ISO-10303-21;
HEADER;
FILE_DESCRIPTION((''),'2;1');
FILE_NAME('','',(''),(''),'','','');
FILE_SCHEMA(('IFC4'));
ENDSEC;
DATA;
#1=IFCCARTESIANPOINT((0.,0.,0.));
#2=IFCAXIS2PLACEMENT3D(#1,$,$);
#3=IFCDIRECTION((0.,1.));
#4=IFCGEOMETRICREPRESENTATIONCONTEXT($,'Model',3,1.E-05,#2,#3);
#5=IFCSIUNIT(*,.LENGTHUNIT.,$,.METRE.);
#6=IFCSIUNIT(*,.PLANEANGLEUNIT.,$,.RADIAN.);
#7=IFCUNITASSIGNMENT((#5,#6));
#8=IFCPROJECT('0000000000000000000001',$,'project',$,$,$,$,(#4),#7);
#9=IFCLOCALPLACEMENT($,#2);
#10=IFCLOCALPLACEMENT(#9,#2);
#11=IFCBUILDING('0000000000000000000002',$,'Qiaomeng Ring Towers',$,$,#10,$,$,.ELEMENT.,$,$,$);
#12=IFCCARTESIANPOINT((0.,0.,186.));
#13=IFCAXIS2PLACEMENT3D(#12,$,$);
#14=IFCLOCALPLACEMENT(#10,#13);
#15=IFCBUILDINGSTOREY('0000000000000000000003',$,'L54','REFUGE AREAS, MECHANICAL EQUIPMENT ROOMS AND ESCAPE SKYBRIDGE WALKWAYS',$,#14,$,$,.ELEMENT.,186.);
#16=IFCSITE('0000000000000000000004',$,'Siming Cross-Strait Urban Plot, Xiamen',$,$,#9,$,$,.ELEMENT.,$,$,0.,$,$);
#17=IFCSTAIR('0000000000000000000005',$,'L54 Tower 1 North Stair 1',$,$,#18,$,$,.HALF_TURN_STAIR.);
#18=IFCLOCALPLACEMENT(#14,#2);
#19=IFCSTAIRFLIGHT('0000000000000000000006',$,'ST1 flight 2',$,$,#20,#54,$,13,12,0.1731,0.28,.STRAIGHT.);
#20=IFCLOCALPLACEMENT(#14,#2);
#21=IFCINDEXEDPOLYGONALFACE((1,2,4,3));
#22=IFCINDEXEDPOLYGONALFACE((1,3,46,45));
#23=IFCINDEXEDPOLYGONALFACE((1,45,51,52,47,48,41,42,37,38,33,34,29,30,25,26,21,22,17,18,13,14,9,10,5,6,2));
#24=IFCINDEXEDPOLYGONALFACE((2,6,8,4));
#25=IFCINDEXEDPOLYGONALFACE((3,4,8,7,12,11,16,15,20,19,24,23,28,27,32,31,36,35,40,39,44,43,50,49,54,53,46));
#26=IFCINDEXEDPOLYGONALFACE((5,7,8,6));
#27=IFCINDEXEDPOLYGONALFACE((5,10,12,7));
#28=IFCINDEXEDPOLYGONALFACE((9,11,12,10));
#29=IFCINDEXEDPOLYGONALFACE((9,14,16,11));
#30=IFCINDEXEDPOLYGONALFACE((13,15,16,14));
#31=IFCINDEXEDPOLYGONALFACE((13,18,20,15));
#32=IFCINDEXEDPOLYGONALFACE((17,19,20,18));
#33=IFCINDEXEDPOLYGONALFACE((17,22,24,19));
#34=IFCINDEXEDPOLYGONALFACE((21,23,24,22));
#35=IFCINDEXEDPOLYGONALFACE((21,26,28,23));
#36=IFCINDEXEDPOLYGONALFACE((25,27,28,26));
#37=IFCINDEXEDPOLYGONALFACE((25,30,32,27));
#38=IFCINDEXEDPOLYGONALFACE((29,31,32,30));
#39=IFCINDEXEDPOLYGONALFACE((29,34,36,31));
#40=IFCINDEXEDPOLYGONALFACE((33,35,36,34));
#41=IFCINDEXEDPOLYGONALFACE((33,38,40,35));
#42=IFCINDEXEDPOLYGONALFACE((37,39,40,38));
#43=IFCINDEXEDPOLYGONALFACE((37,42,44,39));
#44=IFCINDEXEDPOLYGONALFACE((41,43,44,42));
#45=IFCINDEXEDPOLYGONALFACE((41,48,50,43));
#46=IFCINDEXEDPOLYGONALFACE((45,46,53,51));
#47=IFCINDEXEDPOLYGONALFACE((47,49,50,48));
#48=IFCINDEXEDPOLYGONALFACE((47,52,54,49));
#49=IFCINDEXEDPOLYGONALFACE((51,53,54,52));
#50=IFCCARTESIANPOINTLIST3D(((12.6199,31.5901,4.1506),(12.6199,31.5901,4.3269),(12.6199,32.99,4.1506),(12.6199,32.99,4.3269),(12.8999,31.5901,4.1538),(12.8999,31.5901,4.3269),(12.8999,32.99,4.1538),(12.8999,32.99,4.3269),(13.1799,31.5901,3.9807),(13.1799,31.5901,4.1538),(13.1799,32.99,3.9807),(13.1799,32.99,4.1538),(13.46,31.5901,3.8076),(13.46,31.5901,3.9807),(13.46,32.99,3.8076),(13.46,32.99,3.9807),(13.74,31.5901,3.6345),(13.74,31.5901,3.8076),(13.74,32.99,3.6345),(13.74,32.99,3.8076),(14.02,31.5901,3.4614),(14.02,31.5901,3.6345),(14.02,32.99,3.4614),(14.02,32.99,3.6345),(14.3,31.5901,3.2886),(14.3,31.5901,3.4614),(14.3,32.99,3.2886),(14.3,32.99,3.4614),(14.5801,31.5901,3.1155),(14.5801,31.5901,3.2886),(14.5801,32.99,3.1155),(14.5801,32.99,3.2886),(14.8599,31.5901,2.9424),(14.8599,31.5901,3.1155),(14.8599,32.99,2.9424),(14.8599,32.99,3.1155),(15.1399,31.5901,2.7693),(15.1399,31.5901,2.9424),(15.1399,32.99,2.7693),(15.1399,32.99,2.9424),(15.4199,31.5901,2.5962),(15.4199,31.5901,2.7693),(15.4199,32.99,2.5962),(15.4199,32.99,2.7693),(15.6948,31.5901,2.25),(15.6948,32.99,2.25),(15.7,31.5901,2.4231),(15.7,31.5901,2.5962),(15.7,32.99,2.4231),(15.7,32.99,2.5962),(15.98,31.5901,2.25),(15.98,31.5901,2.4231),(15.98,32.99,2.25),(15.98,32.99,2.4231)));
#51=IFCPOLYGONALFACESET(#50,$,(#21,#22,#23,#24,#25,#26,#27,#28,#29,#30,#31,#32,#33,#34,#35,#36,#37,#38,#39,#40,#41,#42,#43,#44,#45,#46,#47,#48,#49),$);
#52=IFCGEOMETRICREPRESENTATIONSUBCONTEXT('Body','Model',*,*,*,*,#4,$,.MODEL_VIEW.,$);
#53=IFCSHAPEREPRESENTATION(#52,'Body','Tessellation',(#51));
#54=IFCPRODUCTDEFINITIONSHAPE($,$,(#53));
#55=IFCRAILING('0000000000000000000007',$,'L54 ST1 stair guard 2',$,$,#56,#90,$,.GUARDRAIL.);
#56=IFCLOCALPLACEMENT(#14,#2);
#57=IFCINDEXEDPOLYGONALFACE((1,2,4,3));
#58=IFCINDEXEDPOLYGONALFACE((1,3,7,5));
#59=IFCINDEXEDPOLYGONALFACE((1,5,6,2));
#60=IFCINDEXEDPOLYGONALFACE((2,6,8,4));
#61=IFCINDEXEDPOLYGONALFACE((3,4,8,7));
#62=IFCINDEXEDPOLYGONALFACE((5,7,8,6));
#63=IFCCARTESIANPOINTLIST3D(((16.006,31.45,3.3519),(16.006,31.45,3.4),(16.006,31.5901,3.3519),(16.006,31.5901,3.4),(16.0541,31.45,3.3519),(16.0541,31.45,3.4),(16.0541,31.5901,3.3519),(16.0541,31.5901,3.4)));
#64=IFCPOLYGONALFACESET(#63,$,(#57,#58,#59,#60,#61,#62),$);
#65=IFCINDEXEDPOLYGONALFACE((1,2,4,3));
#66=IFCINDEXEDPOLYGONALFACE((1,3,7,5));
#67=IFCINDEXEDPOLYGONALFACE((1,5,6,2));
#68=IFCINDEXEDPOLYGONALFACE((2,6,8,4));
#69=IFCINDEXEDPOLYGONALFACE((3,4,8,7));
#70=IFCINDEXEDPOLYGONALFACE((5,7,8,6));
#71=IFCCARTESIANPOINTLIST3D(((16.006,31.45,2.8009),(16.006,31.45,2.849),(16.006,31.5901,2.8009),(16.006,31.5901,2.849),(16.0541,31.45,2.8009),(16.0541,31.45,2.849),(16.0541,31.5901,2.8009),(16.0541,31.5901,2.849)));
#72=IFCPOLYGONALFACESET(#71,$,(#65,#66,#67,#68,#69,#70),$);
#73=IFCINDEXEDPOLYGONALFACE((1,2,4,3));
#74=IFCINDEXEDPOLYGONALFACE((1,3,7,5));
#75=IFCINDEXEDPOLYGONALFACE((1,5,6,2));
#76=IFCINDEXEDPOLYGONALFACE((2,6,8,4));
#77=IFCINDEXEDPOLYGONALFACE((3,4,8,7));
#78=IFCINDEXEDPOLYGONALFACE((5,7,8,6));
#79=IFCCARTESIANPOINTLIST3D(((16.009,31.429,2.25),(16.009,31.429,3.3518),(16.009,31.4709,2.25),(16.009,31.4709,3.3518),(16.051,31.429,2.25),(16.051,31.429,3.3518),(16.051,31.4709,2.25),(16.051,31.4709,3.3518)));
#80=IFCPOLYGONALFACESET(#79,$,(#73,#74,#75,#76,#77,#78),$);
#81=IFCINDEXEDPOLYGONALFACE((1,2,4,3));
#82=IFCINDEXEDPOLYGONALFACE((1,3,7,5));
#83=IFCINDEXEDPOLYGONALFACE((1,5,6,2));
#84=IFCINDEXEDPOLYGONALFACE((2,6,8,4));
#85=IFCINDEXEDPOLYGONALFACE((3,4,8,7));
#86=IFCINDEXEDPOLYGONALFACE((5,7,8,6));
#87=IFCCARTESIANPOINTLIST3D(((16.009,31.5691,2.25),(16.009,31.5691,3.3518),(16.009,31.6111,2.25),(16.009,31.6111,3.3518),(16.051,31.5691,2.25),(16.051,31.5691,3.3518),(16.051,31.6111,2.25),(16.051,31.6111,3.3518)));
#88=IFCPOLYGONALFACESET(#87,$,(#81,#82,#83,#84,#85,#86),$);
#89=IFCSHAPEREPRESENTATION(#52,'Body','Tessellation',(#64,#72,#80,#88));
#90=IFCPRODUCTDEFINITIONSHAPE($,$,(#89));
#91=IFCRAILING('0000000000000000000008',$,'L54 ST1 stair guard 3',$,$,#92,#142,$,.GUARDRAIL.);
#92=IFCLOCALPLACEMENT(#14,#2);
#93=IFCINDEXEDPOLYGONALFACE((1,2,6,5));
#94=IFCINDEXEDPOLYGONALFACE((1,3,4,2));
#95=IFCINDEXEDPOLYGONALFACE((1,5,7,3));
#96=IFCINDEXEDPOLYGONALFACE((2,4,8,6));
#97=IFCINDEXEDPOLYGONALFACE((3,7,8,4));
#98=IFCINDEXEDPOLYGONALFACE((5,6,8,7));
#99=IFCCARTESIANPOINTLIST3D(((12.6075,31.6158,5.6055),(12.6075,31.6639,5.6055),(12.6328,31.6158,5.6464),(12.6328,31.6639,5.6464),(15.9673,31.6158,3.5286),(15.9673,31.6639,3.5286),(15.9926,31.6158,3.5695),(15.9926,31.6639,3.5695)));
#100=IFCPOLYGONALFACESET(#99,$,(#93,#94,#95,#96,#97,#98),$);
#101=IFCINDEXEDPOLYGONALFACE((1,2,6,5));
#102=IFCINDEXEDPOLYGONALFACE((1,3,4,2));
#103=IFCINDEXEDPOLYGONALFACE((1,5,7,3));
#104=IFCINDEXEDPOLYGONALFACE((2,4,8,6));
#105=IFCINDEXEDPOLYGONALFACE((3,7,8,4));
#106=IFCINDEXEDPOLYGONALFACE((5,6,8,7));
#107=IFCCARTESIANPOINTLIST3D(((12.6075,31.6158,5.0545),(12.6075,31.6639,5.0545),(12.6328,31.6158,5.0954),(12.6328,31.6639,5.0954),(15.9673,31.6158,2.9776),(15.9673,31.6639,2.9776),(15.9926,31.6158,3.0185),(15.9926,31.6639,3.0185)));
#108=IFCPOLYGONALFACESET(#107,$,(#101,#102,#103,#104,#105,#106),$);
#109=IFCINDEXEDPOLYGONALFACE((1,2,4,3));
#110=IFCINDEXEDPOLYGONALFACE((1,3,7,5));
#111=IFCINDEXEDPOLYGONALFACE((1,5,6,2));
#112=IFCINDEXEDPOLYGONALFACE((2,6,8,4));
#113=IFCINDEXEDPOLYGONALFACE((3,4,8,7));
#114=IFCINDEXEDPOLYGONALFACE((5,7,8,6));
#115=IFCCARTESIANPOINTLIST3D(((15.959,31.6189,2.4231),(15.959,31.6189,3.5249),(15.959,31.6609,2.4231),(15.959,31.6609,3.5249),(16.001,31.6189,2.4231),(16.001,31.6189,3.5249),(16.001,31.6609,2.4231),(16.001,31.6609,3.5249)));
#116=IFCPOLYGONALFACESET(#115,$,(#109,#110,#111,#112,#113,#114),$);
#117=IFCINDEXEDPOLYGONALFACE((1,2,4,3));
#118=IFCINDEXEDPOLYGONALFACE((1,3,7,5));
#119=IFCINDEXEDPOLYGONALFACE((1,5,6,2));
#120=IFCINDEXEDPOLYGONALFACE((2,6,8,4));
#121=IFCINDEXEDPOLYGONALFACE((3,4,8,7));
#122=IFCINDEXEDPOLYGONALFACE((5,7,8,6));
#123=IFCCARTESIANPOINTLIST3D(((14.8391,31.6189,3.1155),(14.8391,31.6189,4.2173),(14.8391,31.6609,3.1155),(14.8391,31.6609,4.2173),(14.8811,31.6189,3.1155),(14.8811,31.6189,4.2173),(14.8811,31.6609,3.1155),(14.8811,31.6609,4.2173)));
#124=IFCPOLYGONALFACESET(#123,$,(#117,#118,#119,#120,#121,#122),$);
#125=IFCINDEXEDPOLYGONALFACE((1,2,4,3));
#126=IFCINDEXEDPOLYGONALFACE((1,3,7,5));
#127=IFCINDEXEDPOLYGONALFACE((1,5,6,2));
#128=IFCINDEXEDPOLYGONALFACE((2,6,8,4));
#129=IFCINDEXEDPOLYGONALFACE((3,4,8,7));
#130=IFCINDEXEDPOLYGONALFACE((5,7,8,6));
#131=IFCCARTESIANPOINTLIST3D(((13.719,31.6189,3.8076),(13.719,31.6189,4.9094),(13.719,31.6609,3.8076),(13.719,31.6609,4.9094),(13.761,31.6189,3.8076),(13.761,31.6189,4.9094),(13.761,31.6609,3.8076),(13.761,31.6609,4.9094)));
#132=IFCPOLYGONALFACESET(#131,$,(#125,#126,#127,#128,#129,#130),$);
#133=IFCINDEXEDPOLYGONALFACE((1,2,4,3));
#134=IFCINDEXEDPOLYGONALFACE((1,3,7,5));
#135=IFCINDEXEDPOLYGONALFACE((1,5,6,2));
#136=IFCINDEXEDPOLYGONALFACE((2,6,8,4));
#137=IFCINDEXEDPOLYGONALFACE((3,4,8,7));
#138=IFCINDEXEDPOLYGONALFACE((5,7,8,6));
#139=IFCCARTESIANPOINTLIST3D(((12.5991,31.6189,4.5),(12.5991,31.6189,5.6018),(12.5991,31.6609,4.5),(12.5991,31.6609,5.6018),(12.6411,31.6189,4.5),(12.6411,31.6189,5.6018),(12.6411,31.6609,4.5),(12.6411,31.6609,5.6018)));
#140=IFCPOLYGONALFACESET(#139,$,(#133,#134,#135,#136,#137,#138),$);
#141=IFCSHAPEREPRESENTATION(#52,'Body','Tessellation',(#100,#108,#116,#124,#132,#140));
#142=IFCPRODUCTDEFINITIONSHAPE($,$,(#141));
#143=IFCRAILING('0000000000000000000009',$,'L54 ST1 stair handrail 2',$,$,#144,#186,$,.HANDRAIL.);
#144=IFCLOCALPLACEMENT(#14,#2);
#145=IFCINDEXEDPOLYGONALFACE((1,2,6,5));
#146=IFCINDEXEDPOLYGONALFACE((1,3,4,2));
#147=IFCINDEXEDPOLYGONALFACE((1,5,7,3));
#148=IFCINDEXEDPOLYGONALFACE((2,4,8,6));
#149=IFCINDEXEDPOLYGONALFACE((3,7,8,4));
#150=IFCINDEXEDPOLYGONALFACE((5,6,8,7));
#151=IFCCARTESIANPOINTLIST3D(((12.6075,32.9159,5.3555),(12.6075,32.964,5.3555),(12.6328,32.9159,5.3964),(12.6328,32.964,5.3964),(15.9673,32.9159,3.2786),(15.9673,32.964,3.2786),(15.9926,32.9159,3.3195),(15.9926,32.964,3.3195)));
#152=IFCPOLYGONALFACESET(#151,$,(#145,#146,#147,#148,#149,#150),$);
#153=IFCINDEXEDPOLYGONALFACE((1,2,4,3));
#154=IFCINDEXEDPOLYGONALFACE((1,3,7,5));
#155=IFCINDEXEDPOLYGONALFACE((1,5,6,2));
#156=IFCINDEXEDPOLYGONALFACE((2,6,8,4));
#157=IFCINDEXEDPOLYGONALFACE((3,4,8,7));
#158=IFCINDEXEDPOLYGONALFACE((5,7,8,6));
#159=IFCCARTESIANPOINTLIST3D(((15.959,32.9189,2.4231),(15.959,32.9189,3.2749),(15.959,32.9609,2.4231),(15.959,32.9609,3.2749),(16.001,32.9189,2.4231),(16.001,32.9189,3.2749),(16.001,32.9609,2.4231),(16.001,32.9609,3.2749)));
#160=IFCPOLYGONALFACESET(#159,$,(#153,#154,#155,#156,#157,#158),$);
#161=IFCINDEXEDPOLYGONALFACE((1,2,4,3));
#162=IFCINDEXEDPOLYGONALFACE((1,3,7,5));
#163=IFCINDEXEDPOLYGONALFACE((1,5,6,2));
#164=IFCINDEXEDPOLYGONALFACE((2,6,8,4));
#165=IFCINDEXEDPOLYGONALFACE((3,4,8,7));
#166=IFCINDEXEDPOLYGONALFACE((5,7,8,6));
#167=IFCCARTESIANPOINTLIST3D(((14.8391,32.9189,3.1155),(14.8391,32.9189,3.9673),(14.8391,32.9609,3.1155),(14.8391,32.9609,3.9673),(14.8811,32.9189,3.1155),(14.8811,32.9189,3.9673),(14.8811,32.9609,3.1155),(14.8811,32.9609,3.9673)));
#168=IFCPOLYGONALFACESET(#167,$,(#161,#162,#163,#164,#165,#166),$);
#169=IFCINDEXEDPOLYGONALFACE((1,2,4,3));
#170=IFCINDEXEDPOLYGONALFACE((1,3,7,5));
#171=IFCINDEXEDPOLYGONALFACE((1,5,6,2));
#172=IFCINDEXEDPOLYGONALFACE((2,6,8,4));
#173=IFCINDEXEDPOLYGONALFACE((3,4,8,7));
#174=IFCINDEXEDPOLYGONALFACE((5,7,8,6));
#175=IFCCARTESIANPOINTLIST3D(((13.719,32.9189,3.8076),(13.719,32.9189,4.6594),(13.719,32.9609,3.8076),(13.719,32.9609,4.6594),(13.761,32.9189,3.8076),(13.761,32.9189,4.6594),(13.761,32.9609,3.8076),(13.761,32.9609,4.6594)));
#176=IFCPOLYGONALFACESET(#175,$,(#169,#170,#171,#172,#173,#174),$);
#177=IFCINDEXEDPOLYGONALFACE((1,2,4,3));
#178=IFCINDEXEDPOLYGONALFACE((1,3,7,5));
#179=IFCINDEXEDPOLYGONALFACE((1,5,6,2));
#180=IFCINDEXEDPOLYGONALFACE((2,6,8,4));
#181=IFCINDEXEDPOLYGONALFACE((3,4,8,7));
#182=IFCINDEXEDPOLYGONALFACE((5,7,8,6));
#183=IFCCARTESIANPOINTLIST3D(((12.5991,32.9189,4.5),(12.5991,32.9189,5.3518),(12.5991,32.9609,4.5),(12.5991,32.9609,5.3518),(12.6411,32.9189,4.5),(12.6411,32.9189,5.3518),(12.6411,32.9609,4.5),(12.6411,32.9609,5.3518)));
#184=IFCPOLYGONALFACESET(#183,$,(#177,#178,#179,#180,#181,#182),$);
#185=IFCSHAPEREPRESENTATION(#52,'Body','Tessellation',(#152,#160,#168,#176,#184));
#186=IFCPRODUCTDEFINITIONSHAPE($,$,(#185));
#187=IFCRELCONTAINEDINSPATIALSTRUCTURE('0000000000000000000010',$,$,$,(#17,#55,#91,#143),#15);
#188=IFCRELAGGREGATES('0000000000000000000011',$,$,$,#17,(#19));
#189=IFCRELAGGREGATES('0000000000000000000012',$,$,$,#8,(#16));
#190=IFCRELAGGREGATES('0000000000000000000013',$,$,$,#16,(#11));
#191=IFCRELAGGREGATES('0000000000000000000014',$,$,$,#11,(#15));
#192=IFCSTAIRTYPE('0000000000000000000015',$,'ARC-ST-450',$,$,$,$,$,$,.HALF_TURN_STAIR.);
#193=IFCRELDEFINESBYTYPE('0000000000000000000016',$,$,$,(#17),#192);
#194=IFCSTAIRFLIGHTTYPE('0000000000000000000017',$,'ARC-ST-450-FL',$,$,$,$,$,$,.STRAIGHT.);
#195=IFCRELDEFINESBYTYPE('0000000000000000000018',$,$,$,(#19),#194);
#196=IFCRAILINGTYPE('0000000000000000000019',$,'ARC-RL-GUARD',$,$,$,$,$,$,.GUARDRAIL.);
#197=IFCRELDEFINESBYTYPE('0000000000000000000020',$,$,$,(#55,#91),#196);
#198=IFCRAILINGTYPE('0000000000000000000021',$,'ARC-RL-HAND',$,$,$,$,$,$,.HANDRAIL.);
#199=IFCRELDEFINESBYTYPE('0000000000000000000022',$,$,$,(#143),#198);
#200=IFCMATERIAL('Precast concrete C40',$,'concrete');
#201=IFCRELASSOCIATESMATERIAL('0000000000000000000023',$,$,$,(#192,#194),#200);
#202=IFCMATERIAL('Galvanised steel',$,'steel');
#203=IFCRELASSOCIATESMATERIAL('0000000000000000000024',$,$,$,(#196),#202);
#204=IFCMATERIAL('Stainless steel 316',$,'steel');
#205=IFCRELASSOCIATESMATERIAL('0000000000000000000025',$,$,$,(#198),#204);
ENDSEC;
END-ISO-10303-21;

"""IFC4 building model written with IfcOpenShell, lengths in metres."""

from ifc_helpers import new_model, si_unit, direction, frame, origin, origin_2d, place, context, subcontext, project, spatial, polyline, rectangle, outline, extrude, source, transform, mapped, material, type_object, element, aggregate, save


model = new_model("IFC4")

# Units and contexts
model_context = context("Model", 3, precision=1e-05, world=origin(), true_north=direction((0.0, 1.0)))
body_context = subcontext(model_context, "Body", "Model", "MODEL_VIEW")
ifc_project = project(units=[si_unit("LENGTHUNIT", "METRE"), si_unit("PLANEANGLEUNIT", "RADIAN")], contexts=[model_context])

# Site, building, storey
site_placement = place(None, origin())
site = spatial("IfcSite", under=ifc_project, at=site_placement, Name="Siming Cross-Strait Urban Plot, Xiamen", CompositionType="ELEMENT", RefElevation=0.0)
building_placement = place(site_placement, origin())
building = spatial("IfcBuilding", under=site, at=building_placement, Name="Qiaomeng Ring Towers", CompositionType="ELEMENT")
storey_placement = place(building_placement, frame((0.0, 0.0, 186.0)))
storey = spatial("IfcBuildingStorey", under=building, at=storey_placement, Name="L54", Description="REFUGE AREAS, MECHANICAL EQUIPMENT ROOMS AND ESCAPE SKYBRIDGE WALKWAYS", CompositionType="ELEMENT", Elevation=186.0)

# Shared definitions
ifc_material_1 = material(Name="Galvanised steel", Category="steel")

# Shared definitions
ifc_material_2 = material(Name="Stainless steel 316", Category="steel")

# Stair, stair flight
ifc_material_3 = material(Name="Precast concrete C40", Category="concrete")
stair_type = type_object("IfcStairType", Name="ARC-ST-450", PredefinedType="HALF_TURN_STAIR", material=ifc_material_3)
stair_placement = place(storey_placement, origin())
stair = element("IfcStair", 1, at=stair_placement, inside=storey, type_object=stair_type, Name="L54 Tower 1 North Stair 1", PredefinedType="HALF_TURN_STAIR")
stair_flight_type = type_object("IfcStairFlightType", Name="ARC-ST-450-FL", PredefinedType="STRAIGHT", material=ifc_material_3)
shared_shape_1 = source(origin(), body_context, "Body", "SweptSolid", [
    extrude(outline(polyline([(0.0, 0.0), (0.0, 0.1731), (0.28, 0.1731), (0.28, 0.3462), (0.5601, 0.3462), (0.5601, 0.5193), (0.8401, 0.5193), (0.8401, 0.6924), (1.1201, 0.6924), (1.1201, 0.8655), (1.3999, 0.8655), (1.3999, 1.0386), (1.6799, 1.0386), (1.6799, 1.2114), (1.96, 1.2114), (1.96, 1.3845), (2.24, 1.3845), (2.24, 1.5576), (2.52, 1.5576), (2.52, 1.7307), (2.8, 1.7307), (2.8, 1.9038), (3.0801, 1.9038), (3.0801, 2.0769), (3.3601, 2.0769), (3.3601, 2.25), (3.3601, 1.9006), (0.2852, 0.0), (0.0, 0.0)])), frame((0.0, 0.7, 0.0), z_axis=(0.0, -1.0, 0.0), x_axis=(1.0, 0.0, 0.0)), (0.0, 0.0, 1.0), 1.3999),
])
stair_flight_placement = place(storey_placement, frame((15.98, 32.29, 2.25), z_axis=(0.0, 0.0, 1.0), x_axis=(-1.0, 0.0, 0.0)))
stair_flight = element("IfcStairFlight", 2, at=stair_flight_placement, type_object=stair_flight_type, Name="ST1 flight 2", NumberOfRisers=13, NumberOfTreads=12, PredefinedType="STRAIGHT", RiserHeight=0.1731, TreadLength=0.28, context=body_context, shape_type="MappedRepresentation", body=[
    mapped(shared_shape_1, transform((0.0, 0.0, 0.0), x_axis=(1.0, 0.0, 0.0), y_axis=(0.0, 1.0, 0.0), z_axis=(0.0, 0.0, 1.0), scale=1.0)),
])
aggregate(stair, [stair_flight])

# Railings
railing_type_1 = type_object("IfcRailingType", Name="ARC-RL-GUARD", PredefinedType="GUARDRAIL", material=ifc_material_1)
railing_1_placement = place(storey_placement, frame((16.03, 31.45, 2.25)))
element("IfcRailing", 3, at=railing_1_placement, inside=storey, type_object=railing_type_1, Name="L54 ST1 stair guard 2", PredefinedType="GUARDRAIL", context=body_context, shape_type="SweptSolid", body=[
    extrude(rectangle(XDim=0.0481, YDim=0.0481, at=origin_2d()), frame((0.0, 0.0, 1.126), z_axis=(0.0, 1.0, 0.0), x_axis=(-1.0, 0.0, 0.0)), (0.0, 0.0, 1.0), 0.1401),
    extrude(rectangle(XDim=0.0481, YDim=0.0481, at=origin_2d()), frame((0.0, 0.0, 0.575), z_axis=(0.0, 1.0, 0.0), x_axis=(-1.0, 0.0, 0.0)), (0.0, 0.0, 1.0), 0.1401),
    extrude(rectangle(XDim=0.042, YDim=0.042, at=origin_2d()), origin(), (0.0, 0.0, 1.0), 1.1018),
    extrude(rectangle(XDim=0.042, YDim=0.042, at=origin_2d()), frame((0.0, 0.1401, 0.0)), (0.0, 0.0, 1.0), 1.1018),
])
railing_2_placement = place(storey_placement, frame((15.98, 31.6399, 2.4231)))
element("IfcRailing", 4, at=railing_2_placement, inside=storey, type_object=railing_type_1, Name="L54 ST1 stair guard 3", PredefinedType="GUARDRAIL", context=body_context, shape_type="SweptSolid", body=[
    extrude(rectangle(XDim=0.0481, YDim=0.0481, at=origin_2d()), frame((0.0, 0.0, 1.126), z_axis=(-0.850606, 0.0, 0.525803), x_axis=(0.0, -1.0, 0.0)), (0.0, 0.0, 1.0), 3.95),
    extrude(rectangle(XDim=0.0481, YDim=0.0481, at=origin_2d()), frame((0.0, 0.0, 0.575), z_axis=(-0.850606, 0.0, 0.525803), x_axis=(0.0, -1.0, 0.0)), (0.0, 0.0, 1.0), 3.95),
    extrude(rectangle(XDim=0.042, YDim=0.042, at=origin_2d()), origin(), (0.0, 0.0, 1.0), 1.1018),
    extrude(rectangle(XDim=0.042, YDim=0.042, at=origin_2d()), frame((-1.1199, 0.0, 0.6924)), (0.0, 0.0, 1.0), 1.1018),
    extrude(rectangle(XDim=0.042, YDim=0.042, at=origin_2d()), frame((-2.24, 0.0, 1.3845)), (0.0, 0.0, 1.0), 1.1018),
    extrude(rectangle(XDim=0.042, YDim=0.042, at=origin_2d()), frame((-3.3599, 0.0, 2.0769)), (0.0, 0.0, 1.0), 1.1018),
])
railing_type_2 = type_object("IfcRailingType", Name="ARC-RL-HAND", PredefinedType="HANDRAIL", material=ifc_material_2)
railing_3_placement = place(storey_placement, frame((15.98, 32.9399, 2.4231)))
element("IfcRailing", 5, at=railing_3_placement, inside=storey, type_object=railing_type_2, Name="L54 ST1 stair handrail 2", PredefinedType="HANDRAIL", context=body_context, shape_type="SweptSolid", body=[
    extrude(rectangle(XDim=0.0481, YDim=0.0481, at=origin_2d()), frame((0.0, 0.0, 0.876), z_axis=(-0.850606, 0.0, 0.525803), x_axis=(0.0, -1.0, 0.0)), (0.0, 0.0, 1.0), 3.95),
    extrude(rectangle(XDim=0.042, YDim=0.042, at=origin_2d()), origin(), (0.0, 0.0, 1.0), 0.8518),
    extrude(rectangle(XDim=0.042, YDim=0.042, at=origin_2d()), frame((-1.1199, 0.0, 0.6924)), (0.0, 0.0, 1.0), 0.8518),
    extrude(rectangle(XDim=0.042, YDim=0.042, at=origin_2d()), frame((-2.24, 0.0, 1.3845)), (0.0, 0.0, 1.0), 0.8518),
    extrude(rectangle(XDim=0.042, YDim=0.042, at=origin_2d()), frame((-3.3599, 0.0, 2.0769)), (0.0, 0.0, 1.0), 0.8518),
])

save(model, "model.ifc")
